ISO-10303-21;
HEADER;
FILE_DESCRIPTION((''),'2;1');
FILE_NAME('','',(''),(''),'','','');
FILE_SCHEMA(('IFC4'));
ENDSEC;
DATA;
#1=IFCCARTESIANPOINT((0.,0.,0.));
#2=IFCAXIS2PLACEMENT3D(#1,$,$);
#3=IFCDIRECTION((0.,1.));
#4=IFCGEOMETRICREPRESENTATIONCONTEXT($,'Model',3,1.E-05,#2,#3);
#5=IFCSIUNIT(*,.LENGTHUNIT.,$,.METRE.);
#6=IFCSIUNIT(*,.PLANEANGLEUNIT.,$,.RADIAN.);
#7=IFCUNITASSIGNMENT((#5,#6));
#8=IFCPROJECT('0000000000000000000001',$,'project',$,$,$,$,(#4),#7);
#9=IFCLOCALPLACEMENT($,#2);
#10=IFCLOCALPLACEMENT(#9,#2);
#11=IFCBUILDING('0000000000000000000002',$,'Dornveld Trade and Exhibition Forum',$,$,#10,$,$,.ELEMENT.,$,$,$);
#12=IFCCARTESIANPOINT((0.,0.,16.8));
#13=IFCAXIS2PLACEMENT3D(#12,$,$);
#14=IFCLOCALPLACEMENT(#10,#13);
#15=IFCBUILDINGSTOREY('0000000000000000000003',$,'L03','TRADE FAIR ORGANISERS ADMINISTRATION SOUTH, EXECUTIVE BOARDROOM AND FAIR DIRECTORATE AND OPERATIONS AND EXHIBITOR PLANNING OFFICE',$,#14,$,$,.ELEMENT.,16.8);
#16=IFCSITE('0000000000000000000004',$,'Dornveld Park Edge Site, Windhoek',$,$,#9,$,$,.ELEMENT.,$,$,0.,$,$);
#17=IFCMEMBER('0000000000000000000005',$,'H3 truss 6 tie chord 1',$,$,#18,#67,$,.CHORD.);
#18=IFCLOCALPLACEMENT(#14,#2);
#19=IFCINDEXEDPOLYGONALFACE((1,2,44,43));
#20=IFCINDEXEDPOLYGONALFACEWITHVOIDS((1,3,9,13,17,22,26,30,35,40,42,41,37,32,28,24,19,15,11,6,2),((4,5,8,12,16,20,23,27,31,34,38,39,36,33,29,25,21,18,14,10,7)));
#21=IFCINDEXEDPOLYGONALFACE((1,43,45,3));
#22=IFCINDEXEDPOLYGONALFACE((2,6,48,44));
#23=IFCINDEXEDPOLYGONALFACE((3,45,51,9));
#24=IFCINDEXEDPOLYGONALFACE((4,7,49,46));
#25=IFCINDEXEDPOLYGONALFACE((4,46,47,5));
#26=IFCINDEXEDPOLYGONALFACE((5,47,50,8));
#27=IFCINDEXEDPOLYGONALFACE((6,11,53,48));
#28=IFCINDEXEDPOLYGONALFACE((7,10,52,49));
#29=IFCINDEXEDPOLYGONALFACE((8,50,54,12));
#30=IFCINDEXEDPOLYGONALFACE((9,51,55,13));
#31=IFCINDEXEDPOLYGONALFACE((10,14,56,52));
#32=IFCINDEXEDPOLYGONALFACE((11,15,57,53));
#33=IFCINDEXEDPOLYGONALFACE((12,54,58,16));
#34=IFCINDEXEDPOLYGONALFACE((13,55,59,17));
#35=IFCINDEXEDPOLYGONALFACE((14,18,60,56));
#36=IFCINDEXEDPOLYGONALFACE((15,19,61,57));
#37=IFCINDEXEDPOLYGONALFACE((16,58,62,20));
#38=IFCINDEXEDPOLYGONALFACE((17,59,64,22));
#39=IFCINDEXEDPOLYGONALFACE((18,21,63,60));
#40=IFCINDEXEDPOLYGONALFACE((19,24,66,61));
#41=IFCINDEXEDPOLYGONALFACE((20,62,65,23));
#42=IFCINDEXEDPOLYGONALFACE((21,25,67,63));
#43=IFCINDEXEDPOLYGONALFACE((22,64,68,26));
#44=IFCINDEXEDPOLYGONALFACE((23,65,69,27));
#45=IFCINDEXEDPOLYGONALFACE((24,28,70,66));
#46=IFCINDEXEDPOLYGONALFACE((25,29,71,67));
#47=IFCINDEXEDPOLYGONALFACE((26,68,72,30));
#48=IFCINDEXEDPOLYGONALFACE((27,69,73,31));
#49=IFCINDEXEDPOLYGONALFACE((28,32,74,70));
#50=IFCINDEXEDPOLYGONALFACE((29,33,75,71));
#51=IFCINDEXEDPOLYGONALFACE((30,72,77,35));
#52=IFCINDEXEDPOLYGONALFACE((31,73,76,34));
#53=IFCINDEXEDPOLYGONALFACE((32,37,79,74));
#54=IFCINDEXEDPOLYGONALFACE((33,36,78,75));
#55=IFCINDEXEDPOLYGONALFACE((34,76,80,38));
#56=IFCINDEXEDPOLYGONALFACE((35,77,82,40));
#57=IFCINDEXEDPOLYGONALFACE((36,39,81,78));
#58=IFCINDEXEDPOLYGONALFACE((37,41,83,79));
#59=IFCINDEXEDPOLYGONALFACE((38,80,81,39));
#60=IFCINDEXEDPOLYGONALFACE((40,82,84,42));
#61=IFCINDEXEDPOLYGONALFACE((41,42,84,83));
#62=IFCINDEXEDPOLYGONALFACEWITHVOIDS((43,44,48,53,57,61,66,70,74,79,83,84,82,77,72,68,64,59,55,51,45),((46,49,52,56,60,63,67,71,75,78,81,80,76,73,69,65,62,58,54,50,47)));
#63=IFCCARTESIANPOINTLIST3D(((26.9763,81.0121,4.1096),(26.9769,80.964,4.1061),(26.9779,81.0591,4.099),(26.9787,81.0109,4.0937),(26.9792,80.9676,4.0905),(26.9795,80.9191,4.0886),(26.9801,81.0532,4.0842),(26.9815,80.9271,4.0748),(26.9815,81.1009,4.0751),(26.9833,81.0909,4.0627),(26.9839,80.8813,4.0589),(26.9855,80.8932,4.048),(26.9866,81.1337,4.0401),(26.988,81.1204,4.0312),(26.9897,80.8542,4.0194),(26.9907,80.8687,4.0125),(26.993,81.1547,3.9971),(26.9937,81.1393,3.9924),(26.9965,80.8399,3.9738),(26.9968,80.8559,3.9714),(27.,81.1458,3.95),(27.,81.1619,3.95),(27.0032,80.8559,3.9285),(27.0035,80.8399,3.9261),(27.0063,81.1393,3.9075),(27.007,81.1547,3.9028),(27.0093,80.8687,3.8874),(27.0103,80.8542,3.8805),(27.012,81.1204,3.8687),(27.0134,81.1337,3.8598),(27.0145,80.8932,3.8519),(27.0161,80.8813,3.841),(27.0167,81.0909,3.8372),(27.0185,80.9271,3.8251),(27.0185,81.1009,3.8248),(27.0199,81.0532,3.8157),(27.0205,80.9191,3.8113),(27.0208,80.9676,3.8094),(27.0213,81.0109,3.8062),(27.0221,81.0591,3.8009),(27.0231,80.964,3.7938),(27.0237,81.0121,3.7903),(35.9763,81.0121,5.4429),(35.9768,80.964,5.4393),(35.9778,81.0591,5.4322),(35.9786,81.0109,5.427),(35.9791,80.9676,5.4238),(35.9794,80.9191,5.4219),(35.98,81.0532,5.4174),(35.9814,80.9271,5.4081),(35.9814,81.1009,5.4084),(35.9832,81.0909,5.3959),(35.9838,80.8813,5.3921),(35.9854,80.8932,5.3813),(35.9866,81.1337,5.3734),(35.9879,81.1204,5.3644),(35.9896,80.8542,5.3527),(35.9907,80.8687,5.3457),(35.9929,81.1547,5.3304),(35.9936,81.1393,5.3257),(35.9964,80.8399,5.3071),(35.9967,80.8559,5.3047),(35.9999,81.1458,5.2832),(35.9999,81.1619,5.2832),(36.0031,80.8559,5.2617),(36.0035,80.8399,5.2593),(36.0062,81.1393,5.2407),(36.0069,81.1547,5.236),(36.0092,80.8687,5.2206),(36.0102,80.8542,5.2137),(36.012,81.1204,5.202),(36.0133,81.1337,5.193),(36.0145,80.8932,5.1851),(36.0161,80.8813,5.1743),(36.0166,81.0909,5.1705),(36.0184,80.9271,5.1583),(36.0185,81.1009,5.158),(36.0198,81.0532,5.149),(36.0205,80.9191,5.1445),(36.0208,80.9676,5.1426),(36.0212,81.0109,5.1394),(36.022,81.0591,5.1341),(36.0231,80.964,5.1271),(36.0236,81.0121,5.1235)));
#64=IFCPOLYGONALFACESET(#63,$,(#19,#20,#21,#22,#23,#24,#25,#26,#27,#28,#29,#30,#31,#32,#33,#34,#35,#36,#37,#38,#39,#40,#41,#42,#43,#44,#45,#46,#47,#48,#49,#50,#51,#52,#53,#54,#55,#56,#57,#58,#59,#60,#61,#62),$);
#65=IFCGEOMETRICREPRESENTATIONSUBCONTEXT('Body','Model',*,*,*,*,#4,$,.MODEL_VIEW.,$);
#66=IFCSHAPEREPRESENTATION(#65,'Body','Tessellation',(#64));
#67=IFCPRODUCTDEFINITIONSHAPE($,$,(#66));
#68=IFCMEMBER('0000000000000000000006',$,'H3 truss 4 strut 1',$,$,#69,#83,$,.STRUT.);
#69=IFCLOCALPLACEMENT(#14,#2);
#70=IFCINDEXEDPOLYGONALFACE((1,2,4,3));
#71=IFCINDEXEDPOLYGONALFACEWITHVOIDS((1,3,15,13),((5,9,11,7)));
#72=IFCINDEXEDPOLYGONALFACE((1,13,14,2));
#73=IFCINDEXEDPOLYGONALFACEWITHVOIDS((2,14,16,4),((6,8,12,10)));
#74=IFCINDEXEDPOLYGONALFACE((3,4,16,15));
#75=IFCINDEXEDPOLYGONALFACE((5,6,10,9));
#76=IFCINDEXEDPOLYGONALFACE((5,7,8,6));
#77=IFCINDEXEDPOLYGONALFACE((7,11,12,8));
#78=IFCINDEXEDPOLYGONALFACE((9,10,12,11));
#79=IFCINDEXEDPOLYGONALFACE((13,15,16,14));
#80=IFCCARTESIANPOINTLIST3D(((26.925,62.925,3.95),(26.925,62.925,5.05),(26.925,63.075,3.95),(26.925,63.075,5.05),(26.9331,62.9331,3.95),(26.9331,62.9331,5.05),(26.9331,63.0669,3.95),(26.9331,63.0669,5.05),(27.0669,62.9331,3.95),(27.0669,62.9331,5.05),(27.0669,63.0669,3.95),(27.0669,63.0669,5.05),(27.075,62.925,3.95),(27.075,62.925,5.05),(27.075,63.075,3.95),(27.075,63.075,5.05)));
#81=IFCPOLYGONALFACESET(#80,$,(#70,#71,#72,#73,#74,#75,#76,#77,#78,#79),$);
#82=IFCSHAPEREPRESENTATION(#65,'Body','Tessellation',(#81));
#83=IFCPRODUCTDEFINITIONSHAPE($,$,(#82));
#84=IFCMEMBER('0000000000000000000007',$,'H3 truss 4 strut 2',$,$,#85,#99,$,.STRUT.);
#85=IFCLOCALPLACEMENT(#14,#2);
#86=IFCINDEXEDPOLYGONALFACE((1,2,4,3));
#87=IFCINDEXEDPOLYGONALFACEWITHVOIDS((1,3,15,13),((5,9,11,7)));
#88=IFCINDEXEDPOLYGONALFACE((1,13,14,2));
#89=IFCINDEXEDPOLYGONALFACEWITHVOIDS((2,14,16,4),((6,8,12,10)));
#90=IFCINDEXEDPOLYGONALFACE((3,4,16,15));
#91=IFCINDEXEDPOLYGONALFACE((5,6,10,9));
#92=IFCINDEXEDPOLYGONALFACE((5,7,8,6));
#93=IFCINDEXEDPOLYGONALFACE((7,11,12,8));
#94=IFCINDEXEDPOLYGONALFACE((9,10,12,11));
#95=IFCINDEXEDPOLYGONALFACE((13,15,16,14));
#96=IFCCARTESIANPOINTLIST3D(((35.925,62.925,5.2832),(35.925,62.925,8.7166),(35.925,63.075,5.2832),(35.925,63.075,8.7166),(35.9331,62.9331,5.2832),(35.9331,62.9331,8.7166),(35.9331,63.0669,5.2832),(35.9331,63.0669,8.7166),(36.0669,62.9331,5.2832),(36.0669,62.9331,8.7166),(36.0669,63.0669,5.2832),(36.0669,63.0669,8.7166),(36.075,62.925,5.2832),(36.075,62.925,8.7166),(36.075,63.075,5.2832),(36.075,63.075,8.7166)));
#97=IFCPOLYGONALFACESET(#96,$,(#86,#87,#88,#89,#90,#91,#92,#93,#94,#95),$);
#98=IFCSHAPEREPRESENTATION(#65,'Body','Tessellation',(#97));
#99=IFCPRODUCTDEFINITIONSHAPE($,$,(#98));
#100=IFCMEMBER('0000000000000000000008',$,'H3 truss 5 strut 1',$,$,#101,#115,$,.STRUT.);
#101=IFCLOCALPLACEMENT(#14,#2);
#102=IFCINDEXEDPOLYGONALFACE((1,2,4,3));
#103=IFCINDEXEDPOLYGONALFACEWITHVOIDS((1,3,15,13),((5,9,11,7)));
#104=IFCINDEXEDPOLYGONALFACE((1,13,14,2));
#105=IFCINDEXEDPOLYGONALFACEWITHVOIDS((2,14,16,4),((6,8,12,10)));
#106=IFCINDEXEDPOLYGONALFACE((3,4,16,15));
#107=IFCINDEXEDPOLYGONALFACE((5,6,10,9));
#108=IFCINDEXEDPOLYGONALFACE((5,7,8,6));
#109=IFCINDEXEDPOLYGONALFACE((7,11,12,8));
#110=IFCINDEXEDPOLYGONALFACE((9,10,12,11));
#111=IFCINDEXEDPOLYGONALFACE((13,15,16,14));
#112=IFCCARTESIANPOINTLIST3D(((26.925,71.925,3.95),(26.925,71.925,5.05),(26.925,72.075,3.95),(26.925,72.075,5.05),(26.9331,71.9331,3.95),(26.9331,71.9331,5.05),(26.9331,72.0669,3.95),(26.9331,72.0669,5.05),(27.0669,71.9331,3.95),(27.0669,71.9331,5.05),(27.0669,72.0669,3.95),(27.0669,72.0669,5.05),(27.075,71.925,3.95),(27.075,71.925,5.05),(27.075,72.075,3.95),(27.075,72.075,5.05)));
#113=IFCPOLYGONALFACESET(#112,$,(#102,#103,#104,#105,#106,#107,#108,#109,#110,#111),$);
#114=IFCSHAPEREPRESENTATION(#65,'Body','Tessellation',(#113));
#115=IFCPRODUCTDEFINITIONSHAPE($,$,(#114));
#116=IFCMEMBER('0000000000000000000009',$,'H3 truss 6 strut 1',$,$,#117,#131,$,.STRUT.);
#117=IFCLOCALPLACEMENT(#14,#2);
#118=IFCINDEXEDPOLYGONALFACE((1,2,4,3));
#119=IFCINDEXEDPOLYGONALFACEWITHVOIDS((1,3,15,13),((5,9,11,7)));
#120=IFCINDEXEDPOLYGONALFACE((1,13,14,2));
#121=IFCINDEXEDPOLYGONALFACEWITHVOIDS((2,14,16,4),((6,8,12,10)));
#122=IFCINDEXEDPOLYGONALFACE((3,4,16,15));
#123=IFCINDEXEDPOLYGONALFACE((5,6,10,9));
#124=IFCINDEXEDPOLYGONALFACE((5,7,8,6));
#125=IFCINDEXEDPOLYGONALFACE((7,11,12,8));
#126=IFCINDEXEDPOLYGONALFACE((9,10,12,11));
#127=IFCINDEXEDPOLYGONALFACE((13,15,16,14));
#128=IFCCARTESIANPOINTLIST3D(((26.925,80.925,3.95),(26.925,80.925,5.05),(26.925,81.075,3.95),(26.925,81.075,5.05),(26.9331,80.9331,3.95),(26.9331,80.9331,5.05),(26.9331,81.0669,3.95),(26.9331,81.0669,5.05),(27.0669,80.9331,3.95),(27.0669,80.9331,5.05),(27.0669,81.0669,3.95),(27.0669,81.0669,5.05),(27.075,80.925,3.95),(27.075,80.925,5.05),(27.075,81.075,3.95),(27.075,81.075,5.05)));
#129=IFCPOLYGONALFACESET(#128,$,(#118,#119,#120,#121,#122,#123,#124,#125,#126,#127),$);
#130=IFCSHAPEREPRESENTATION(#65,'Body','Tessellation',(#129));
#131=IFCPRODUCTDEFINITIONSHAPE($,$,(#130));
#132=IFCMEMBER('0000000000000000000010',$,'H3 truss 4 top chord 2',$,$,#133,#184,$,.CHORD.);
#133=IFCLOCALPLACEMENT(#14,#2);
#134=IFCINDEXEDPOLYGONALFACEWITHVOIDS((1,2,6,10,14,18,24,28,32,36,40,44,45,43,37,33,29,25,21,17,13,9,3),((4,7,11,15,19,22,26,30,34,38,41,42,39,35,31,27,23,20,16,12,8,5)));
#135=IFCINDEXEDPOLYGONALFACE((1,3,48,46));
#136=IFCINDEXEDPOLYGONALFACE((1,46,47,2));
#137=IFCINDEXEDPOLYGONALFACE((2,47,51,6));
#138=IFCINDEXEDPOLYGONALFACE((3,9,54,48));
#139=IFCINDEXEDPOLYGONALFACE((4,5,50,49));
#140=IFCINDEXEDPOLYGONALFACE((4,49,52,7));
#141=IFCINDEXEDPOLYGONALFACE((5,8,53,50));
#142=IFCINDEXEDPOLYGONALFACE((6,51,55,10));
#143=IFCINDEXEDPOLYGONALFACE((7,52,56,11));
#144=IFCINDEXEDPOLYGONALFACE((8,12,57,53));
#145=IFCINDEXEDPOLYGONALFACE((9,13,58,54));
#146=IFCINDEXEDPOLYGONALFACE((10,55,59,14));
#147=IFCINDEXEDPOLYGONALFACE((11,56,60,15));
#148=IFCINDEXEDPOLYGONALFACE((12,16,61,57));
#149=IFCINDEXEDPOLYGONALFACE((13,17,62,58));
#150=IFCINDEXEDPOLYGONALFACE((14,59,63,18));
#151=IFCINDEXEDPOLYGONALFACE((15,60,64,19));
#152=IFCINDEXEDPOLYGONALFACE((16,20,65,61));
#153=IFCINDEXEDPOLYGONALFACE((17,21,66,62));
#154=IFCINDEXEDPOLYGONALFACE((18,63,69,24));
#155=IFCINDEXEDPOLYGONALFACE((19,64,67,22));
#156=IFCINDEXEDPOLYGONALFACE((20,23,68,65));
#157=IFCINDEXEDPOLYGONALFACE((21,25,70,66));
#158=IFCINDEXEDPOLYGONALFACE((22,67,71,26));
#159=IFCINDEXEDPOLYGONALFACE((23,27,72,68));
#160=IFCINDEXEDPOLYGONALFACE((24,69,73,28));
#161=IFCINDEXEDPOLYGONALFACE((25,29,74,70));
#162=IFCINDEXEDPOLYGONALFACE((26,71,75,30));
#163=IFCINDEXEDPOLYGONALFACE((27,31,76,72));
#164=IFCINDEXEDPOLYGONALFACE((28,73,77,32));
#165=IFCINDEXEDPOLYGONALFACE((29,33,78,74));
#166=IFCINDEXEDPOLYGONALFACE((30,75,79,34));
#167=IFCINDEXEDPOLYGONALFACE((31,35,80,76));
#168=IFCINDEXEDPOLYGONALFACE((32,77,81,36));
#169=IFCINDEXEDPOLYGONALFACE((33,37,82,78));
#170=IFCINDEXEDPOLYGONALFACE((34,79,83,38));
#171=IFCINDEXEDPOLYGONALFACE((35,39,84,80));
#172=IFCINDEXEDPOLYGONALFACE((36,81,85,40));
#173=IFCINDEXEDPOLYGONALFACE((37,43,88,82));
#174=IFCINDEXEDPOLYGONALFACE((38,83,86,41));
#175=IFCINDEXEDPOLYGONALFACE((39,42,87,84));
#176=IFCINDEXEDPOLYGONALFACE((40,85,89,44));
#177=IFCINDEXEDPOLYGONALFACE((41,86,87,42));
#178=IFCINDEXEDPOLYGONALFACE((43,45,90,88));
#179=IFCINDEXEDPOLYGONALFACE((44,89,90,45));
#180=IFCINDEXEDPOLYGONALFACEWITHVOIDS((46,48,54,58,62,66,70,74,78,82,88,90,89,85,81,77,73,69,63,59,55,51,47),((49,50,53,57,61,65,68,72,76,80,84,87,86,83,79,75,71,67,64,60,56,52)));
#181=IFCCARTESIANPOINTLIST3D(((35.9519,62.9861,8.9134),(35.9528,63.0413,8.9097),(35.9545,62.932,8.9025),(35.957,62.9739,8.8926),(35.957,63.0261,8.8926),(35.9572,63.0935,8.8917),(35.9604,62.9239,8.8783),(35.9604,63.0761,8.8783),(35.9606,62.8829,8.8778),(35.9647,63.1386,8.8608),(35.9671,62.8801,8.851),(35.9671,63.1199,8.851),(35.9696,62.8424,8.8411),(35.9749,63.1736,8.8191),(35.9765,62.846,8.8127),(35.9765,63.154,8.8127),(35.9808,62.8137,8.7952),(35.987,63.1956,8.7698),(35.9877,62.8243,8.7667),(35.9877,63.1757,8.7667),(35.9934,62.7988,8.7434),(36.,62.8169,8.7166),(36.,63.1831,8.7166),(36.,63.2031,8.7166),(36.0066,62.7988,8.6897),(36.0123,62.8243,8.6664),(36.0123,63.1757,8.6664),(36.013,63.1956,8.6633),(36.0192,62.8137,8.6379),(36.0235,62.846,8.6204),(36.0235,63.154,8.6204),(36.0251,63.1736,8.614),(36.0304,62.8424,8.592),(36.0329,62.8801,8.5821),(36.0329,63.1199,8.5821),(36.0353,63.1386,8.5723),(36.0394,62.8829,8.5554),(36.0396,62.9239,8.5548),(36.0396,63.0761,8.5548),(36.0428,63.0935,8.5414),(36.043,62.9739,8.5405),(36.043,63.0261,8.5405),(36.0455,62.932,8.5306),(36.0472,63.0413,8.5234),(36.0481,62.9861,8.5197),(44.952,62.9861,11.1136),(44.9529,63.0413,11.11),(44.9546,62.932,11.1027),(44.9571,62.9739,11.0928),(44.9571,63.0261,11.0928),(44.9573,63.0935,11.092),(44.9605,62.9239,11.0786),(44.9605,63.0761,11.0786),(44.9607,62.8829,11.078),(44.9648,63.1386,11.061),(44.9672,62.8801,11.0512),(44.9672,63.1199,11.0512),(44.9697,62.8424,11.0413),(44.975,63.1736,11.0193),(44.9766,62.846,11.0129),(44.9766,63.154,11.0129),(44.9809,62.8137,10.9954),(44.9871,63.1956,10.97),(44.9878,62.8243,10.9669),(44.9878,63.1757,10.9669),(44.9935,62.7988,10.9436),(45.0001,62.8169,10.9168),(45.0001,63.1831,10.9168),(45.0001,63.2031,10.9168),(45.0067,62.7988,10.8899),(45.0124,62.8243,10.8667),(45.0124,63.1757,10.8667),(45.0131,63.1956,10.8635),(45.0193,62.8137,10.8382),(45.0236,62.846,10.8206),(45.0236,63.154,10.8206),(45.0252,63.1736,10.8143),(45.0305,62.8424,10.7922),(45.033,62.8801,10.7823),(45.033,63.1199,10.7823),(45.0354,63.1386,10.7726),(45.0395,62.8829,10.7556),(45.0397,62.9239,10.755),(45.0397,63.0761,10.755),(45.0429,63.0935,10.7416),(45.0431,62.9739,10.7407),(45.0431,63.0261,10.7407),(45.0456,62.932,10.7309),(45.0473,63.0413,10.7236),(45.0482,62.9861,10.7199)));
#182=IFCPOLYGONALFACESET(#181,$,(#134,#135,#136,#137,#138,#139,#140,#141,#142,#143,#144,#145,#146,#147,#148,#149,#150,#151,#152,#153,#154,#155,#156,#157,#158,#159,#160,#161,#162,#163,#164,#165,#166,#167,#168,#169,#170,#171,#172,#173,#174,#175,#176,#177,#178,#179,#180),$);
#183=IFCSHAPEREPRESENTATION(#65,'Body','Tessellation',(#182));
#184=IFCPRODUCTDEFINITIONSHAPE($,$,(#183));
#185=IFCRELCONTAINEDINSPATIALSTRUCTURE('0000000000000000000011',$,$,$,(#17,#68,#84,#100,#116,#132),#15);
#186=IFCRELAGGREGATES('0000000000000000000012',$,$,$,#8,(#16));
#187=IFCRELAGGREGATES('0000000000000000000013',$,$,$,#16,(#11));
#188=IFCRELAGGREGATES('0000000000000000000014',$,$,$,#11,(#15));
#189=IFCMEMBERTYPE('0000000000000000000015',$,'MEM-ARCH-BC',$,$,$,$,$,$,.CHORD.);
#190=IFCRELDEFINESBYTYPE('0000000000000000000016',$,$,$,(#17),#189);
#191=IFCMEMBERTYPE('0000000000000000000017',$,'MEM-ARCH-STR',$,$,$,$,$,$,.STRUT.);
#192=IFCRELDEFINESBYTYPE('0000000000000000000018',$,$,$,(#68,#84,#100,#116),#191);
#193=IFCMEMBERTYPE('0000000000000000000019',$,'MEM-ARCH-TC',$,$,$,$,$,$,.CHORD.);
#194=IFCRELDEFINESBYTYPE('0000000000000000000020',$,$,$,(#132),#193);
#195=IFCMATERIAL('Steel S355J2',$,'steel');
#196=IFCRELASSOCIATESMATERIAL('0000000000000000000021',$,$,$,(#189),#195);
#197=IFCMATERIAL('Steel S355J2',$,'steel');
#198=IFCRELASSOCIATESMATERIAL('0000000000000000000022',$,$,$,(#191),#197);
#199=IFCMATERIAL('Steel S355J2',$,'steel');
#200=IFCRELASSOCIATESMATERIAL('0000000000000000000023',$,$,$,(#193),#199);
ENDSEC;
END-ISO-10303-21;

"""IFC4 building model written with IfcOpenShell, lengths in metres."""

from ifc_helpers import new_model, si_unit, direction, frame, origin, origin_2d, place, context, subcontext, project, spatial, hollow_rectangle, hollow_circle, extrude, material, material_profile, profile_set, type_object, element, save


model = new_model("IFC4")

# Units and contexts
model_context = context("Model", 3, precision=1e-05, world=origin(), true_north=direction((0.0, 1.0)))
body_context = subcontext(model_context, "Body", "Model", "MODEL_VIEW")
ifc_project = project(units=[si_unit("LENGTHUNIT", "METRE"), si_unit("PLANEANGLEUNIT", "RADIAN")], contexts=[model_context])

# Site, building, storey
site_placement = place(None, origin())
site = spatial("IfcSite", under=ifc_project, at=site_placement, Name="Dornveld Park Edge Site, Windhoek", CompositionType="ELEMENT", RefElevation=0.0)
building_placement = place(site_placement, origin())
building = spatial("IfcBuilding", under=site, at=building_placement, Name="Dornveld Trade and Exhibition Forum", CompositionType="ELEMENT")
storey_placement = place(building_placement, frame((0.0, 0.0, 16.8)))
storey = spatial("IfcBuildingStorey", under=building, at=storey_placement, Name="L03", Description="TRADE FAIR ORGANISERS ADMINISTRATION SOUTH, EXECUTIVE BOARDROOM AND FAIR DIRECTORATE AND OPERATIONS AND EXHIBITOR PLANNING OFFICE", CompositionType="ELEMENT", Elevation=16.8)

# Members
ifc_material_1 = material(Name="Steel S355J2", Category="steel")
ifc_material_profile_1 = material_profile(ifc_material_1, hollow_circle(Radius=0.1619, WallThickness=0.0161, at=origin_2d()), Name="CHS 323.9x16")
ifc_profile_set_1 = profile_set([ifc_material_profile_1], Name="Steel S355J2")
member_type_1 = type_object("IfcMemberType", Name="MEM-ARCH-BC", PredefinedType="CHORD", material=ifc_profile_set_1)
member_1_placement = place(storey_placement, frame((27.0, 81.0, 3.95), z_axis=(0.989205, 0.0, 0.14654), x_axis=(0.0, 1.0, 0.0)))
element("IfcMember", 1, at=member_1_placement, inside=storey, type_object=member_type_1, Name="H3 truss 6 tie chord 1", PredefinedType="CHORD", context=body_context, shape_type="SweptSolid", body=[
    extrude(hollow_circle(Radius=0.1619, WallThickness=0.0161, at=origin_2d()), origin(), (0.0, 0.0, 1.0), 9.0981),
])
ifc_material_2 = material(Name="Steel S355J2", Category="steel")
ifc_material_profile_2 = material_profile(ifc_material_2, hollow_rectangle(XDim=0.1499, YDim=0.1499, WallThickness=0.0081, at=origin_2d()), Name="SHS 150x150x8")
ifc_profile_set_2 = profile_set([ifc_material_profile_2], Name="Steel S355J2")
member_type_2 = type_object("IfcMemberType", Name="MEM-ARCH-STR", PredefinedType="STRUT", material=ifc_profile_set_2)
member_2_placement = place(storey_placement, frame((27.0, 63.0, 3.95), z_axis=(0.0, 0.0, 1.0), x_axis=(1.0, 0.0, 0.0)))
element("IfcMember", 2, at=member_2_placement, inside=storey, type_object=member_type_2, Name="H3 truss 4 strut 1", PredefinedType="STRUT", context=body_context, shape_type="SweptSolid", body=[
    extrude(hollow_rectangle(XDim=0.1499, YDim=0.1499, WallThickness=0.0081, at=origin_2d()), origin(), (0.0, 0.0, 1.0), 1.1001),
])
member_3_placement = place(storey_placement, frame((36.0, 63.0, 5.2832), z_axis=(0.0, 0.0, 1.0), x_axis=(1.0, 0.0, 0.0)))
element("IfcMember", 3, at=member_3_placement, inside=storey, type_object=member_type_2, Name="H3 truss 4 strut 2", PredefinedType="STRUT", context=body_context, shape_type="SweptSolid", body=[
    extrude(hollow_rectangle(XDim=0.1499, YDim=0.1499, WallThickness=0.0081, at=origin_2d()), origin(), (0.0, 0.0, 1.0), 3.4333),
])
for number, where, z_axis, x_axis, name in (
    (4, (27.0, 72.0, 3.95), (0.0, 0.0, 1.0), (1.0, 0.0, 0.0), "H3 truss 5 strut 1"),
    (5, (27.0, 81.0, 3.95), (0.0, 0.0, 1.0), (1.0, 0.0, 0.0), "H3 truss 6 strut 1"),
):
    element("IfcMember", number, at=place(storey_placement, frame(where, z_axis=z_axis, x_axis=x_axis)), inside=storey, type_object=member_type_2, Name=name, PredefinedType="STRUT", context=body_context, shape_type="SweptSolid", body=[
        extrude(hollow_rectangle(XDim=0.1499, YDim=0.1499, WallThickness=0.0081, at=origin_2d()), origin(), (0.0, 0.0, 1.0), 1.1001),
    ])
ifc_material_3 = material(Name="Steel S355J2", Category="steel")
ifc_material_profile_3 = material_profile(ifc_material_3, hollow_circle(Radius=0.2031, WallThickness=0.02, at=origin_2d()), Name="CHS 406.4x20")
ifc_profile_set_3 = profile_set([ifc_material_profile_3], Name="Steel S355J2")
member_type_3 = type_object("IfcMemberType", Name="MEM-ARCH-TC", PredefinedType="CHORD", material=ifc_profile_set_3)
member_4_placement = place(storey_placement, frame((36.0, 63.0, 8.7166), z_axis=(0.971394, 0.0, 0.237473), x_axis=(0.0, 1.0, 0.0)))
element("IfcMember", 6, at=member_4_placement, inside=storey, type_object=member_type_3, Name="H3 truss 4 top chord 2", PredefinedType="CHORD", context=body_context, shape_type="SweptSolid", body=[
    extrude(hollow_circle(Radius=0.2031, WallThickness=0.02, at=origin_2d()), origin(), (0.0, 0.0, 1.0), 9.2651),
])

save(model, "model.ifc")
